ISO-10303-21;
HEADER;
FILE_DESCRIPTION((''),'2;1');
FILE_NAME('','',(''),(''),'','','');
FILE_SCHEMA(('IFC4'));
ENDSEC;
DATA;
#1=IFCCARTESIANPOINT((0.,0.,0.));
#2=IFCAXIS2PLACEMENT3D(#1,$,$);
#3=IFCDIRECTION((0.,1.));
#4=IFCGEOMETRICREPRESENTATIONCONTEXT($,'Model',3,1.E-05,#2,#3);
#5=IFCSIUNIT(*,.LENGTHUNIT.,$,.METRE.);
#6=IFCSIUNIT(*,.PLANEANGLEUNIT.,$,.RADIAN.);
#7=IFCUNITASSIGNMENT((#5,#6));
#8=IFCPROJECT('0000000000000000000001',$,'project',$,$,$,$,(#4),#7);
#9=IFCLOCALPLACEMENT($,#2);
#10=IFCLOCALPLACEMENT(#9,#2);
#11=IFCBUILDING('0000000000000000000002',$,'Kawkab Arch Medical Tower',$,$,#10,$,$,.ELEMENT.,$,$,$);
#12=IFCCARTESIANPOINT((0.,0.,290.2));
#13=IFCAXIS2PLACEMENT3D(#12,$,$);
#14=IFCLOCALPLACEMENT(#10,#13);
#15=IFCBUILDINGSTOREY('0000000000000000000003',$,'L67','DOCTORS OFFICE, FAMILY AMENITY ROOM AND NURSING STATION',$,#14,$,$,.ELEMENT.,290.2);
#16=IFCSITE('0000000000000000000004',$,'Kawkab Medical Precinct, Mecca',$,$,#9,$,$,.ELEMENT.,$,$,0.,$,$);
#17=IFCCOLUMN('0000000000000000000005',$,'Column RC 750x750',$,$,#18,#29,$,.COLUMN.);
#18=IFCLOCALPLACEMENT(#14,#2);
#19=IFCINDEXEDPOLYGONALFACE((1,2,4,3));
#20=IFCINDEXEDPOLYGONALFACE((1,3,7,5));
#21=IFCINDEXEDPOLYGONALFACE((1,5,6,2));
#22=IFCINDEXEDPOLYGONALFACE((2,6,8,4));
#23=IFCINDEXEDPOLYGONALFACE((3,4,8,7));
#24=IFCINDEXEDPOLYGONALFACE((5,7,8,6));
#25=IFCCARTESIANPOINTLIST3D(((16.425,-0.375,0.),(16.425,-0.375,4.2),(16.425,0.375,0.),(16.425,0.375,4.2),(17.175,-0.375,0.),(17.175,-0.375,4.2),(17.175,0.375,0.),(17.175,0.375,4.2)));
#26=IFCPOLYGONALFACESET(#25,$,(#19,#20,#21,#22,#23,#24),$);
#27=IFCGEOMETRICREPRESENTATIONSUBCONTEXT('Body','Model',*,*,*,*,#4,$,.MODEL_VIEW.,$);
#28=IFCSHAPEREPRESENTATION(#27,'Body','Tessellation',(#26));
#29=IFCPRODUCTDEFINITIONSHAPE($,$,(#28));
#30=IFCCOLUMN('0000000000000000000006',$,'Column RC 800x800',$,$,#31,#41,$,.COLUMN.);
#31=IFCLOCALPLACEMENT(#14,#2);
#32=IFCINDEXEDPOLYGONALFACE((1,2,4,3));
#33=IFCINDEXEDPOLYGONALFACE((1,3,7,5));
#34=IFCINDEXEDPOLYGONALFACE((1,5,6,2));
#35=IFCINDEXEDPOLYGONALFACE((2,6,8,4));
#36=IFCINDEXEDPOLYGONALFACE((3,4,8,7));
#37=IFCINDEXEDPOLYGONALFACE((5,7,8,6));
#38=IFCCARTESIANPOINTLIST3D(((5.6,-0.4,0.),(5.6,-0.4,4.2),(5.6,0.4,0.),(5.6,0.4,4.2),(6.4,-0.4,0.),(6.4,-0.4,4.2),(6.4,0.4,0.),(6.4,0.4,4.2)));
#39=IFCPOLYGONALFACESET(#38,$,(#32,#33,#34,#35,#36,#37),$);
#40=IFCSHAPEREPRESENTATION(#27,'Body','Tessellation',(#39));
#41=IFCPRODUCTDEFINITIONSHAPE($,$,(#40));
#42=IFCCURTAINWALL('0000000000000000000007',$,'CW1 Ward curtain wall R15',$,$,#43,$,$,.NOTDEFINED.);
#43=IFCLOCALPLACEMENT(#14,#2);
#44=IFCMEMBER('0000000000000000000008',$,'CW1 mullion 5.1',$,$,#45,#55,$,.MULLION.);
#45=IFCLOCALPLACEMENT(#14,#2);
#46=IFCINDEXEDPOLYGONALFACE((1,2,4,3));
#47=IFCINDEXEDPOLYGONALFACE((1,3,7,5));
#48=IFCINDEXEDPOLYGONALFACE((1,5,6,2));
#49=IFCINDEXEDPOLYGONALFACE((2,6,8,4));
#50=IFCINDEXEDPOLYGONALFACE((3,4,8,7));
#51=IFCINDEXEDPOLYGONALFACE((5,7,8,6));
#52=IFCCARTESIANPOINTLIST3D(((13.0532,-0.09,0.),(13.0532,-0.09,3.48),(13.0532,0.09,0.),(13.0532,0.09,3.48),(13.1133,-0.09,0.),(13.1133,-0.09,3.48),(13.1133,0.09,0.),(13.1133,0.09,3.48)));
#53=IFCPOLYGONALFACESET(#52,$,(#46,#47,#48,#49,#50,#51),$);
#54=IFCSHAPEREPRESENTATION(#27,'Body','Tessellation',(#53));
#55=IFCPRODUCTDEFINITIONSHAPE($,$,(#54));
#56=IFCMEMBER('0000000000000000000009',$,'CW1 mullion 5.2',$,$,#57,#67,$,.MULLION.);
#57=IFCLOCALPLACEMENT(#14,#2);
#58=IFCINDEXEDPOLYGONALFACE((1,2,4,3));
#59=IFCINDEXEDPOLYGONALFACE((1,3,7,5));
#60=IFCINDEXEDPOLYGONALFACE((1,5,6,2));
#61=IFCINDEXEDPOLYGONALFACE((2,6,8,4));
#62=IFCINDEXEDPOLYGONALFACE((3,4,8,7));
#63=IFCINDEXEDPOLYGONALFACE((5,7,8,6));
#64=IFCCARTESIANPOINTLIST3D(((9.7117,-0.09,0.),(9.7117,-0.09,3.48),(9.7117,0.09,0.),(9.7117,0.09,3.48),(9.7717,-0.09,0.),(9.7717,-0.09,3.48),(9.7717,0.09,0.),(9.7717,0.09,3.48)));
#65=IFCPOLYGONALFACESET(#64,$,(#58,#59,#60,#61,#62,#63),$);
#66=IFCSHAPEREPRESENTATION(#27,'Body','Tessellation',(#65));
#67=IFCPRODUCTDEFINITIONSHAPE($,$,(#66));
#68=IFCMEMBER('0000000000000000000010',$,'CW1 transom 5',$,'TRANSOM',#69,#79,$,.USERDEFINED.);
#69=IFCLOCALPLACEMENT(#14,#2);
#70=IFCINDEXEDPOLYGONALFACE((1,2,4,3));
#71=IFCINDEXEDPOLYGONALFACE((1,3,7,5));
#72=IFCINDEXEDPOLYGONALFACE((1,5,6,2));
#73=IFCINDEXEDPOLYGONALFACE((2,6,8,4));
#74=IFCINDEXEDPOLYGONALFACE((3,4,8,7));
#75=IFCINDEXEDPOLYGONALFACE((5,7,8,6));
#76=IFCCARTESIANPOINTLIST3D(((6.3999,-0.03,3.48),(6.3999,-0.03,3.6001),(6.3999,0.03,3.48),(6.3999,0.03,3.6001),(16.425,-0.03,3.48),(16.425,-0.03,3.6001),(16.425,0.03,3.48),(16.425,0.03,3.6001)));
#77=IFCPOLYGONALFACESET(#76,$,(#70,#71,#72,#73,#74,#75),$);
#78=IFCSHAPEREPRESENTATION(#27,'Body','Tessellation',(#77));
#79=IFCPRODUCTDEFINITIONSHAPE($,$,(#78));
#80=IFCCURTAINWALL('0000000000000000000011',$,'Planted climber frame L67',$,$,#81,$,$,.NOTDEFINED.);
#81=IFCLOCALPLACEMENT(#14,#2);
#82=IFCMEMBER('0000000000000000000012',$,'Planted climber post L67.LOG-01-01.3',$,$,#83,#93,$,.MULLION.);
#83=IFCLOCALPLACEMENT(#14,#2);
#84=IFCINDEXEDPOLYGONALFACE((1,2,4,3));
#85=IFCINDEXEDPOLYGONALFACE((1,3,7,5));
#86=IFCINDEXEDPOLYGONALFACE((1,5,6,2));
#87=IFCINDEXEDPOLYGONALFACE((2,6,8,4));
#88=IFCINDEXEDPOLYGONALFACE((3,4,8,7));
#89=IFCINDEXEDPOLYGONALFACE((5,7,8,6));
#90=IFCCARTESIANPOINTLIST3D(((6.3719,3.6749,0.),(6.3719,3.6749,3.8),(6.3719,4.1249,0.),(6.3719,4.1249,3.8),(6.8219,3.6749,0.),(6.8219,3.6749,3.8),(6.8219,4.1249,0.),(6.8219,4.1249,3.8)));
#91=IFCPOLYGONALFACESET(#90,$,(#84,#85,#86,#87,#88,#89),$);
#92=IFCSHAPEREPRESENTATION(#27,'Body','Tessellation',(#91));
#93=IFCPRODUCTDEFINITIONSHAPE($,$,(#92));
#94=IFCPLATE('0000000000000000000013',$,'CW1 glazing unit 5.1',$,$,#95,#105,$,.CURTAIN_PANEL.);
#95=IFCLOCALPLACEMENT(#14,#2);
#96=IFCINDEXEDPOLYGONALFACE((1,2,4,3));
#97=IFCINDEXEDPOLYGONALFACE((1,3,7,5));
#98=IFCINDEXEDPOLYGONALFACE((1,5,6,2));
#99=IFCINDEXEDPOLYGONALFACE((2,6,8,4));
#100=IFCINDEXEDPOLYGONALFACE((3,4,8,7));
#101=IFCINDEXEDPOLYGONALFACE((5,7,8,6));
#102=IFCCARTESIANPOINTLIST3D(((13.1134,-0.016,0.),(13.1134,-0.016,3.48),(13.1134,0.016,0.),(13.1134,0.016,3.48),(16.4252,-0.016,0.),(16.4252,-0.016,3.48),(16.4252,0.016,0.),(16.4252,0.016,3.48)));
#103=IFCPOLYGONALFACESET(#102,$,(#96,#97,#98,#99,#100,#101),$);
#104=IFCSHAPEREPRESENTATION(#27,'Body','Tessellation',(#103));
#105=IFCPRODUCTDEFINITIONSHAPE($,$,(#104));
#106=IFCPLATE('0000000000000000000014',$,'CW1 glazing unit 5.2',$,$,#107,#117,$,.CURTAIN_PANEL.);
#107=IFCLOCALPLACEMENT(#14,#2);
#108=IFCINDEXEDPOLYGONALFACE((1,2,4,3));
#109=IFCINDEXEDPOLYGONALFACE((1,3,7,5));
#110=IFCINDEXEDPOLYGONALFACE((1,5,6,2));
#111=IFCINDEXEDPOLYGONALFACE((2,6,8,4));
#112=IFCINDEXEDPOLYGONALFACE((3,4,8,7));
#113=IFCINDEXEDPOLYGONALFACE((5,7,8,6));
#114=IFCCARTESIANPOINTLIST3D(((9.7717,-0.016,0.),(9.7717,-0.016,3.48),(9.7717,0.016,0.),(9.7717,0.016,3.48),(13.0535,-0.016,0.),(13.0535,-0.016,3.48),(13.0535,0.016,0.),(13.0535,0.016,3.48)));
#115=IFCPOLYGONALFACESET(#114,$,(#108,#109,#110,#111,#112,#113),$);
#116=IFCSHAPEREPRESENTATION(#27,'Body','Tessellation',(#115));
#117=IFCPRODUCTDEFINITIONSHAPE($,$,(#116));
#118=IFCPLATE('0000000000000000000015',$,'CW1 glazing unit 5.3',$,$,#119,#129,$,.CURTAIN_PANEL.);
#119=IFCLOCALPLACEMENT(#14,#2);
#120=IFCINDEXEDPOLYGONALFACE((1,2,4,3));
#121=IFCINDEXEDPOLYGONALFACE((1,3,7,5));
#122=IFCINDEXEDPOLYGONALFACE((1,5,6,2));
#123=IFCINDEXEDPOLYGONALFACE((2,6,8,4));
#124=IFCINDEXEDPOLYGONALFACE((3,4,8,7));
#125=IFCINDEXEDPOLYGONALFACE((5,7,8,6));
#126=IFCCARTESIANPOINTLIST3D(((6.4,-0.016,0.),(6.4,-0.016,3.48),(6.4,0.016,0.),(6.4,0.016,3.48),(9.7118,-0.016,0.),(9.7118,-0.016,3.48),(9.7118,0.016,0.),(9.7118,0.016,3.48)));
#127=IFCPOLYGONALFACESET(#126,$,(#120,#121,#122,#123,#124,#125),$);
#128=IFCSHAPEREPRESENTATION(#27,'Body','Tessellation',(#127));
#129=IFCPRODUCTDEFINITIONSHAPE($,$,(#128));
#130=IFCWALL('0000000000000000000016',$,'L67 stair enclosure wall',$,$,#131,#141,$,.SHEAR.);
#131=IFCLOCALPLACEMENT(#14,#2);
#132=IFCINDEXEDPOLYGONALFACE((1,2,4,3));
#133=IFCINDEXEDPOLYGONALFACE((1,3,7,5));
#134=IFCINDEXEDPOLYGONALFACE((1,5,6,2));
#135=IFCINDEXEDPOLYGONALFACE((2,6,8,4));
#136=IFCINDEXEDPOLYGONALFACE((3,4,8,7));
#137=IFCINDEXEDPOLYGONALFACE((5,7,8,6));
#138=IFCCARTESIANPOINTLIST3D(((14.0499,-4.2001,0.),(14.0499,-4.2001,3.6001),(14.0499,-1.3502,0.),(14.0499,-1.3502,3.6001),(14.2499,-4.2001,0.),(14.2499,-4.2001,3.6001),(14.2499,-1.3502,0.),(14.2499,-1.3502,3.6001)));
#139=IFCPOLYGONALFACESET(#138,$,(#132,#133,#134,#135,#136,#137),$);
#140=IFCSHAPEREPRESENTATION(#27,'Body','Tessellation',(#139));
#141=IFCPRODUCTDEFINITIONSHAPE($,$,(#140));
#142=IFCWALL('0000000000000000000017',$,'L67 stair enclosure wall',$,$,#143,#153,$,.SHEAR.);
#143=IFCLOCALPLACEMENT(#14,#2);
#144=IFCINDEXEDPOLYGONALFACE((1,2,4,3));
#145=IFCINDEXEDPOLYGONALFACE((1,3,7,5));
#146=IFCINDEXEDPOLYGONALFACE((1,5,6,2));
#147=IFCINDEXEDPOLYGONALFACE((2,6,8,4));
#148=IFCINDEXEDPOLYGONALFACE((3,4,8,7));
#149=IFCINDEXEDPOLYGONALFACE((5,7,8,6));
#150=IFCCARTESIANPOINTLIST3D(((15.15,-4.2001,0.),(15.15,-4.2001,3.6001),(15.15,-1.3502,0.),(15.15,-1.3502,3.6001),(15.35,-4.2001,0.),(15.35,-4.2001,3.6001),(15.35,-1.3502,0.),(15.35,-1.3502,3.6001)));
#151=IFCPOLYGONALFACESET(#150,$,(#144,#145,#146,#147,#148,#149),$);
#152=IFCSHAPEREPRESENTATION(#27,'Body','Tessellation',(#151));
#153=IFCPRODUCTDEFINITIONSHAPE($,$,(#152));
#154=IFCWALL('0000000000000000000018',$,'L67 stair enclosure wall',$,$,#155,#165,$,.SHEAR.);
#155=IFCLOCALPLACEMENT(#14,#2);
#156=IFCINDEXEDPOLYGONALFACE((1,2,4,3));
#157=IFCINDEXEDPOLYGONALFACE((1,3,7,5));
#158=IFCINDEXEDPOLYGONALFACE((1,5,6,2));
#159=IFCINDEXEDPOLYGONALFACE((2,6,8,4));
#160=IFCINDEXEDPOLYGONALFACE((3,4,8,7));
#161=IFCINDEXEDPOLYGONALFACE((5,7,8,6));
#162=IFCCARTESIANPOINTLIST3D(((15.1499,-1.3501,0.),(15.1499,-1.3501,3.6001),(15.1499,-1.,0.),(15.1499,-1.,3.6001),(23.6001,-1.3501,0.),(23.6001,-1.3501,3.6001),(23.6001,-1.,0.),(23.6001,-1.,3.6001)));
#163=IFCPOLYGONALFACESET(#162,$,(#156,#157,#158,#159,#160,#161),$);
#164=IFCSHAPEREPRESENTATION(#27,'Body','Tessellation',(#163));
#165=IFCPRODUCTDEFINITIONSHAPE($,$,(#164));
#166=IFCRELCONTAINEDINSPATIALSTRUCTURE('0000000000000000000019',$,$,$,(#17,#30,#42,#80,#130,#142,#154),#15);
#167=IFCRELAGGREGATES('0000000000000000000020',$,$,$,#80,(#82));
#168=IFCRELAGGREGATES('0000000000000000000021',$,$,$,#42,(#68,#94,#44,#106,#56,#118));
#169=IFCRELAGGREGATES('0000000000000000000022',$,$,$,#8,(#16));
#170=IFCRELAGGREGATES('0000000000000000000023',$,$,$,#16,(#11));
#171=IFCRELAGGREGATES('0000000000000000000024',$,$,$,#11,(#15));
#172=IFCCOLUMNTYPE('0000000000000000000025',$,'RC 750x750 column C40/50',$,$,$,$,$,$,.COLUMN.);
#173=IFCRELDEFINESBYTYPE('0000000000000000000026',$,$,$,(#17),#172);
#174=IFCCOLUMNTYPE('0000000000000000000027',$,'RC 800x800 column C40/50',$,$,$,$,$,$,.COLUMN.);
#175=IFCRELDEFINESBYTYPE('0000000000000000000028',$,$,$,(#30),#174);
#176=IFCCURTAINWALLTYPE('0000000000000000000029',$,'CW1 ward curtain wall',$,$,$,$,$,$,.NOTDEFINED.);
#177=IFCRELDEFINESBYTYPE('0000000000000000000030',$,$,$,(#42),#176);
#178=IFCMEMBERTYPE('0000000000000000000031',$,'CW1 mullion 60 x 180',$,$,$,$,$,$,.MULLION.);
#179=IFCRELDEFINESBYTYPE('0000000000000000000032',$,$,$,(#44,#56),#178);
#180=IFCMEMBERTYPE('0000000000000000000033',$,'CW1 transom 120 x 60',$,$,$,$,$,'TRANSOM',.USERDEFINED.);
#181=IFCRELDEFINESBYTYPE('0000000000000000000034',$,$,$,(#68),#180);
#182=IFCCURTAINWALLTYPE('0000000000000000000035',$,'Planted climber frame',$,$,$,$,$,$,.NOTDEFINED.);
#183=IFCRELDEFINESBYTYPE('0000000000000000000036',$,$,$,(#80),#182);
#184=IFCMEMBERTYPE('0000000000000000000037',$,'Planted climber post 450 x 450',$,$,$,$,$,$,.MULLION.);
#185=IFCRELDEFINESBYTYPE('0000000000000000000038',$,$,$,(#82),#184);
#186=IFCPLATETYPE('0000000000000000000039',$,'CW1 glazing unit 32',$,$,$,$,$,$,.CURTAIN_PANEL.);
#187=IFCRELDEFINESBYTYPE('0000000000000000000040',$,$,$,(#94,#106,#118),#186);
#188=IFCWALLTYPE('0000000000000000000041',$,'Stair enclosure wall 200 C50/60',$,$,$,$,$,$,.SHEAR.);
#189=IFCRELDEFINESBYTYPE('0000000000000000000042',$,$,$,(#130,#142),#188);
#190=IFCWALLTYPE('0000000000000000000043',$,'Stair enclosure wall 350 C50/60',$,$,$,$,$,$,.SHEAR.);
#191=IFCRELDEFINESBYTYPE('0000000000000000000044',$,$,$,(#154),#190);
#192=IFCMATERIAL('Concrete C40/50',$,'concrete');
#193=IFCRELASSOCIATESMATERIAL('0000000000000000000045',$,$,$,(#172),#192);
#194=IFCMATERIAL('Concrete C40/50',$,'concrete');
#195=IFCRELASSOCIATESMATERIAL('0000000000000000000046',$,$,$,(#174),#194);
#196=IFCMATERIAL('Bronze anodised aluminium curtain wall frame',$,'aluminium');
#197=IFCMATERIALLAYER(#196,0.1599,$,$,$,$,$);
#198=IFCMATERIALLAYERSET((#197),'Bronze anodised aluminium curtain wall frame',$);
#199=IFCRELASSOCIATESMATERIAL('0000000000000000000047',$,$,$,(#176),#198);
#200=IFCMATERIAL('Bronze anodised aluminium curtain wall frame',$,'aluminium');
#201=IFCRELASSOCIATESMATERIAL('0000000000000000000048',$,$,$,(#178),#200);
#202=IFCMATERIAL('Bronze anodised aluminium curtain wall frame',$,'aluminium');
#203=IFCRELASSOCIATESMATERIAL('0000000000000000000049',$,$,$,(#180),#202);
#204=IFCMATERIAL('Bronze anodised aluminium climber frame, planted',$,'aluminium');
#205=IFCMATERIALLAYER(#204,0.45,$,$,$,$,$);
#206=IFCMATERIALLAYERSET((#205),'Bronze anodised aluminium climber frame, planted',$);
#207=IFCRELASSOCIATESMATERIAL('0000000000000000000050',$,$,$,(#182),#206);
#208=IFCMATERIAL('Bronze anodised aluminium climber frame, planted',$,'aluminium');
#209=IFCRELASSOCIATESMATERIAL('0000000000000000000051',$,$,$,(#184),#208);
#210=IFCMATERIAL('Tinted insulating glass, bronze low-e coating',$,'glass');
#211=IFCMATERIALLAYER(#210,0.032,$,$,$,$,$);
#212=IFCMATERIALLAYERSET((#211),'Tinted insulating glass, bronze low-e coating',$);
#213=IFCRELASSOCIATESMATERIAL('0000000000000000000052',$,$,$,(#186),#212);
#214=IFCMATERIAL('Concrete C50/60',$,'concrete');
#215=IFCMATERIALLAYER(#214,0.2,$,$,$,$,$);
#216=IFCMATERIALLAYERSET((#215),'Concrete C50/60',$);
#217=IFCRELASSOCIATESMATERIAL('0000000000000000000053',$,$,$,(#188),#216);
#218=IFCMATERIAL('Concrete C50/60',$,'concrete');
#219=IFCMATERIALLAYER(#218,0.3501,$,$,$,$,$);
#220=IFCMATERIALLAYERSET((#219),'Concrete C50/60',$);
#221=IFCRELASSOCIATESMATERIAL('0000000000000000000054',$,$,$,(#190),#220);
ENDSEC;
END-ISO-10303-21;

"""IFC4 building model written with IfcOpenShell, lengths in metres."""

from ifc_helpers import new_model, si_unit, direction, frame, frame_2d, origin, origin_2d, place, context, subcontext, project, spatial, rectangle, extrude, material, layer, layer_set, material_profile, profile_set, type_object, element, aggregate, save


model = new_model("IFC4")

# Units and contexts
model_context = context("Model", 3, precision=1e-05, world=origin(), true_north=direction((0.0, 1.0)))
body_context = subcontext(model_context, "Body", "Model", "MODEL_VIEW")
ifc_project = project(units=[si_unit("LENGTHUNIT", "METRE"), si_unit("PLANEANGLEUNIT", "RADIAN")], contexts=[model_context])

# Site, building, storey
site_placement = place(None, origin())
site = spatial("IfcSite", under=ifc_project, at=site_placement, Name="Kawkab Medical Precinct, Mecca", CompositionType="ELEMENT", RefElevation=0.0)
building_placement = place(site_placement, origin())
building = spatial("IfcBuilding", under=site, at=building_placement, Name="Kawkab Arch Medical Tower", CompositionType="ELEMENT")
storey_placement = place(building_placement, frame((0.0, 0.0, 290.2)))
storey = spatial("IfcBuildingStorey", under=building, at=storey_placement, Name="L67", Description="DOCTORS OFFICE, FAMILY AMENITY ROOM AND NURSING STATION", CompositionType="ELEMENT", Elevation=290.2)

# Columns
ifc_material_1 = material(Name="Concrete C40/50", Category="concrete")
ifc_material_profile_1 = material_profile(ifc_material_1, rectangle(XDim=0.75, YDim=0.75, at=origin_2d()), Name="RC 750x750")
ifc_profile_set_1 = profile_set([ifc_material_profile_1], Name="Concrete C40/50")
column_type_1 = type_object("IfcColumnType", Name="RC 750x750 column C40/50", PredefinedType="COLUMN", material=ifc_profile_set_1)
column_1_placement = place(storey_placement, frame((16.8, 0.0, 0.0), z_axis=(0.0, 0.0, 1.0), x_axis=(1.0, 0.0, 0.0)))
element("IfcColumn", 1, at=column_1_placement, inside=storey, type_object=column_type_1, Name="Column RC 750x750", PredefinedType="COLUMN", context=body_context, shape_type="SweptSolid", body=[
    extrude(rectangle(XDim=0.75, YDim=0.75, at=origin_2d()), origin(), (0.0, 0.0, 1.0), 4.2),
])
ifc_material_2 = material(Name="Concrete C40/50", Category="concrete")
ifc_material_profile_2 = material_profile(ifc_material_2, rectangle(XDim=0.8, YDim=0.8, at=origin_2d()), Name="RC 800x800")
ifc_profile_set_2 = profile_set([ifc_material_profile_2], Name="Concrete C40/50")
column_type_2 = type_object("IfcColumnType", Name="RC 800x800 column C40/50", PredefinedType="COLUMN", material=ifc_profile_set_2)
column_2_placement = place(storey_placement, frame((6.0, 0.0, 0.0), z_axis=(0.0, 0.0, 1.0), x_axis=(1.0, 0.0, 0.0)))
element("IfcColumn", 2, at=column_2_placement, inside=storey, type_object=column_type_2, Name="Column RC 800x800", PredefinedType="COLUMN", context=body_context, shape_type="SweptSolid", body=[
    extrude(rectangle(XDim=0.8, YDim=0.8, at=origin_2d()), origin(), (0.0, 0.0, 1.0), 4.2),
])

# Curtain wall, members
ifc_material_3 = material(Name="Bronze anodised aluminium curtain wall frame", Category="aluminium")
ifc_layer_1 = layer(ifc_material_3, 0.1599)
ifc_layer_set_1 = layer_set([ifc_layer_1], Name="Bronze anodised aluminium curtain wall frame")
curtain_wall_type_1 = type_object("IfcCurtainWallType", Name="CW1 ward curtain wall", PredefinedType="NOTDEFINED", material=ifc_layer_set_1)
placement = place(storey_placement, origin())
curtain_wall_1 = element("IfcCurtainWall", 3, at=placement, inside=storey, type_object=curtain_wall_type_1, Name="CW1 Ward curtain wall R15", PredefinedType="NOTDEFINED")
ifc_material_4 = material(Name="Bronze anodised aluminium curtain wall frame", Category="aluminium")
ifc_material_profile_3 = material_profile(ifc_material_4, rectangle(XDim=0.1799, YDim=0.0601, at=origin_2d()), Name="AL 60x180")
ifc_profile_set_3 = profile_set([ifc_material_profile_3], Name="Bronze anodised aluminium curtain wall frame")
member_type_1 = type_object("IfcMemberType", Name="CW1 mullion 60 x 180", PredefinedType="MULLION", material=ifc_profile_set_3)
member_1_placement = place(storey_placement, frame((13.0833, 0.0, 0.0), z_axis=(0.0, 0.0, 1.0), x_axis=(0.0, -1.0, 0.0)))
member_1 = element("IfcMember", 4, at=member_1_placement, type_object=member_type_1, Name="CW1 mullion 5.1", PredefinedType="MULLION", context=body_context, shape_type="SweptSolid", body=[
    extrude(rectangle(XDim=0.1799, YDim=0.0601, at=origin_2d()), origin(), (0.0, 0.0, 1.0), 3.48),
])
member_2_placement = place(storey_placement, frame((9.7417, 0.0, 0.0), z_axis=(0.0, 0.0, 1.0), x_axis=(0.0, -1.0, 0.0)))
member_2 = element("IfcMember", 5, at=member_2_placement, type_object=member_type_1, Name="CW1 mullion 5.2", PredefinedType="MULLION", context=body_context, shape_type="SweptSolid", body=[
    extrude(rectangle(XDim=0.1799, YDim=0.0601, at=origin_2d()), origin(), (0.0, 0.0, 1.0), 3.48),
])
ifc_material_5 = material(Name="Bronze anodised aluminium curtain wall frame", Category="aluminium")
ifc_material_profile_4 = material_profile(ifc_material_5, rectangle(XDim=0.0601, YDim=0.1201, at=origin_2d()), Name="AL 60x120")
ifc_profile_set_4 = profile_set([ifc_material_profile_4], Name="Bronze anodised aluminium curtain wall frame")
member_type_2 = type_object("IfcMemberType", Name="CW1 transom 120 x 60", ElementType="TRANSOM", PredefinedType="USERDEFINED", material=ifc_profile_set_4)
member_3_placement = place(storey_placement, frame((16.425, 0.0, 3.54), z_axis=(-1.0, 0.0, 0.0), x_axis=(0.0, -1.0, 0.0)))
member_3 = element("IfcMember", 6, at=member_3_placement, type_object=member_type_2, Name="CW1 transom 5", ObjectType="TRANSOM", PredefinedType="USERDEFINED", context=body_context, shape_type="SweptSolid", body=[
    extrude(rectangle(XDim=0.0601, YDim=0.1201, at=origin_2d()), origin(), (0.0, 0.0, 1.0), 10.0251),
])

# Curtain wall, member
ifc_material_6 = material(Name="Bronze anodised aluminium climber frame, planted", Category="aluminium")
ifc_layer_2 = layer(ifc_material_6, 0.45)
ifc_layer_set_2 = layer_set([ifc_layer_2], Name="Bronze anodised aluminium climber frame, planted")
curtain_wall_type_2 = type_object("IfcCurtainWallType", Name="Planted climber frame", PredefinedType="NOTDEFINED", material=ifc_layer_set_2)
curtain_wall_2 = element("IfcCurtainWall", 7, at=placement, inside=storey, type_object=curtain_wall_type_2, Name="Planted climber frame L67", PredefinedType="NOTDEFINED")
ifc_material_7 = material(Name="Bronze anodised aluminium climber frame, planted", Category="aluminium")
ifc_material_profile_5 = material_profile(ifc_material_7, rectangle(XDim=0.45, YDim=0.45, at=origin_2d()), Name="Post 450x450")
ifc_profile_set_5 = profile_set([ifc_material_profile_5], Name="Bronze anodised aluminium climber frame, planted")
member_type_3 = type_object("IfcMemberType", Name="Planted climber post 450 x 450", PredefinedType="MULLION", material=ifc_profile_set_5)
member_4_placement = place(storey_placement, frame((6.5969, 3.8999, 0.0), z_axis=(0.0, 0.0, 1.0), x_axis=(1.0, 0.0, 0.0)))
member_4 = element("IfcMember", 8, at=member_4_placement, type_object=member_type_3, Name="Planted climber post L67.LOG-01-01.3", PredefinedType="MULLION", context=body_context, shape_type="SweptSolid", body=[
    extrude(rectangle(XDim=0.45, YDim=0.45, at=origin_2d()), origin(), (0.0, 0.0, 1.0), 3.8),
])
aggregate(curtain_wall_2, [member_4])

# Plates
ifc_material_8 = material(Name="Tinted insulating glass, bronze low-e coating", Category="glass")
ifc_layer_3 = layer(ifc_material_8, 0.032)
ifc_layer_set_3 = layer_set([ifc_layer_3], Name="Tinted insulating glass, bronze low-e coating")
plate_type = type_object("IfcPlateType", Name="CW1 glazing unit 32", PredefinedType="CURTAIN_PANEL", material=ifc_layer_set_3)
plate_1_placement = place(storey_placement, frame((14.7693, 0.0, 0.0), z_axis=(0.0, 0.0, 1.0), x_axis=(-1.0, 0.0, 0.0)))
plate_1 = element("IfcPlate", 9, at=plate_1_placement, type_object=plate_type, Name="CW1 glazing unit 5.1", PredefinedType="CURTAIN_PANEL", context=body_context, shape_type="SweptSolid", body=[
    extrude(rectangle(XDim=3.3118, YDim=0.032, at=origin_2d()), origin(), (0.0, 0.0, 1.0), 3.48),
])
plate_2_placement = place(storey_placement, frame((11.4126, 0.0, 0.0), z_axis=(0.0, 0.0, 1.0), x_axis=(-1.0, 0.0, 0.0)))
plate_2 = element("IfcPlate", 10, at=plate_2_placement, type_object=plate_type, Name="CW1 glazing unit 5.2", PredefinedType="CURTAIN_PANEL", context=body_context, shape_type="SweptSolid", body=[
    extrude(rectangle(XDim=3.2817, YDim=0.032, at=origin_2d()), origin(), (0.0, 0.0, 1.0), 3.48),
])
plate_3_placement = place(storey_placement, frame((8.0559, 0.0, 0.0), z_axis=(0.0, 0.0, 1.0), x_axis=(-1.0, 0.0, 0.0)))
plate_3 = element("IfcPlate", 11, at=plate_3_placement, type_object=plate_type, Name="CW1 glazing unit 5.3", PredefinedType="CURTAIN_PANEL", context=body_context, shape_type="SweptSolid", body=[
    extrude(rectangle(XDim=3.3118, YDim=0.032, at=origin_2d()), origin(), (0.0, 0.0, 1.0), 3.48),
])
aggregate(curtain_wall_1, [member_3, plate_1, member_1, plate_2, member_2, plate_3])

# Walls
ifc_material_9 = material(Name="Concrete C50/60", Category="concrete")
ifc_layer_4 = layer(ifc_material_9, 0.2)
ifc_layer_set_4 = layer_set([ifc_layer_4], Name="Concrete C50/60")
wall_type_1 = type_object("IfcWallType", Name="Stair enclosure wall 200 C50/60", PredefinedType="SHEAR", material=ifc_layer_set_4)
for number, where, z_axis, x_axis, name in (
    (12, (14.1499, -4.2, 0.0), (0.0, 0.0, 1.0), (0.0, 1.0, 0.0), "L67 stair enclosure wall"),
    (13, (15.25, -4.2, 0.0), (0.0, 0.0, 1.0), (0.0, 1.0, 0.0), "L67 stair enclosure wall"),
):
    element("IfcWall", number, at=place(storey_placement, frame(where, z_axis=z_axis, x_axis=x_axis)), inside=storey, type_object=wall_type_1, Name=name, PredefinedType="SHEAR", context=body_context, shape_type="SweptSolid", body=[
        extrude(rectangle(XDim=2.8499, YDim=0.2, at=frame_2d((1.4248, 0.0))), origin(), (0.0, 0.0, 1.0), 3.6001),
    ])
ifc_material_10 = material(Name="Concrete C50/60", Category="concrete")
ifc_layer_5 = layer(ifc_material_10, 0.3501)
ifc_layer_set_5 = layer_set([ifc_layer_5], Name="Concrete C50/60")
wall_type_2 = type_object("IfcWallType", Name="Stair enclosure wall 350 C50/60", PredefinedType="SHEAR", material=ifc_layer_set_5)
wall_placement = place(storey_placement, frame((15.1499, -1.175, 0.0), z_axis=(0.0, 0.0, 1.0), x_axis=(1.0, 0.0, 0.0)))
element("IfcWall", 14, at=wall_placement, inside=storey, type_object=wall_type_2, Name="L67 stair enclosure wall", PredefinedType="SHEAR", context=body_context, shape_type="SweptSolid", body=[
    extrude(rectangle(XDim=8.4502, YDim=0.3501, at=frame_2d((4.2251, 0.0))), origin(), (0.0, 0.0, 1.0), 3.6001),
])

save(model, "model.ifc")
